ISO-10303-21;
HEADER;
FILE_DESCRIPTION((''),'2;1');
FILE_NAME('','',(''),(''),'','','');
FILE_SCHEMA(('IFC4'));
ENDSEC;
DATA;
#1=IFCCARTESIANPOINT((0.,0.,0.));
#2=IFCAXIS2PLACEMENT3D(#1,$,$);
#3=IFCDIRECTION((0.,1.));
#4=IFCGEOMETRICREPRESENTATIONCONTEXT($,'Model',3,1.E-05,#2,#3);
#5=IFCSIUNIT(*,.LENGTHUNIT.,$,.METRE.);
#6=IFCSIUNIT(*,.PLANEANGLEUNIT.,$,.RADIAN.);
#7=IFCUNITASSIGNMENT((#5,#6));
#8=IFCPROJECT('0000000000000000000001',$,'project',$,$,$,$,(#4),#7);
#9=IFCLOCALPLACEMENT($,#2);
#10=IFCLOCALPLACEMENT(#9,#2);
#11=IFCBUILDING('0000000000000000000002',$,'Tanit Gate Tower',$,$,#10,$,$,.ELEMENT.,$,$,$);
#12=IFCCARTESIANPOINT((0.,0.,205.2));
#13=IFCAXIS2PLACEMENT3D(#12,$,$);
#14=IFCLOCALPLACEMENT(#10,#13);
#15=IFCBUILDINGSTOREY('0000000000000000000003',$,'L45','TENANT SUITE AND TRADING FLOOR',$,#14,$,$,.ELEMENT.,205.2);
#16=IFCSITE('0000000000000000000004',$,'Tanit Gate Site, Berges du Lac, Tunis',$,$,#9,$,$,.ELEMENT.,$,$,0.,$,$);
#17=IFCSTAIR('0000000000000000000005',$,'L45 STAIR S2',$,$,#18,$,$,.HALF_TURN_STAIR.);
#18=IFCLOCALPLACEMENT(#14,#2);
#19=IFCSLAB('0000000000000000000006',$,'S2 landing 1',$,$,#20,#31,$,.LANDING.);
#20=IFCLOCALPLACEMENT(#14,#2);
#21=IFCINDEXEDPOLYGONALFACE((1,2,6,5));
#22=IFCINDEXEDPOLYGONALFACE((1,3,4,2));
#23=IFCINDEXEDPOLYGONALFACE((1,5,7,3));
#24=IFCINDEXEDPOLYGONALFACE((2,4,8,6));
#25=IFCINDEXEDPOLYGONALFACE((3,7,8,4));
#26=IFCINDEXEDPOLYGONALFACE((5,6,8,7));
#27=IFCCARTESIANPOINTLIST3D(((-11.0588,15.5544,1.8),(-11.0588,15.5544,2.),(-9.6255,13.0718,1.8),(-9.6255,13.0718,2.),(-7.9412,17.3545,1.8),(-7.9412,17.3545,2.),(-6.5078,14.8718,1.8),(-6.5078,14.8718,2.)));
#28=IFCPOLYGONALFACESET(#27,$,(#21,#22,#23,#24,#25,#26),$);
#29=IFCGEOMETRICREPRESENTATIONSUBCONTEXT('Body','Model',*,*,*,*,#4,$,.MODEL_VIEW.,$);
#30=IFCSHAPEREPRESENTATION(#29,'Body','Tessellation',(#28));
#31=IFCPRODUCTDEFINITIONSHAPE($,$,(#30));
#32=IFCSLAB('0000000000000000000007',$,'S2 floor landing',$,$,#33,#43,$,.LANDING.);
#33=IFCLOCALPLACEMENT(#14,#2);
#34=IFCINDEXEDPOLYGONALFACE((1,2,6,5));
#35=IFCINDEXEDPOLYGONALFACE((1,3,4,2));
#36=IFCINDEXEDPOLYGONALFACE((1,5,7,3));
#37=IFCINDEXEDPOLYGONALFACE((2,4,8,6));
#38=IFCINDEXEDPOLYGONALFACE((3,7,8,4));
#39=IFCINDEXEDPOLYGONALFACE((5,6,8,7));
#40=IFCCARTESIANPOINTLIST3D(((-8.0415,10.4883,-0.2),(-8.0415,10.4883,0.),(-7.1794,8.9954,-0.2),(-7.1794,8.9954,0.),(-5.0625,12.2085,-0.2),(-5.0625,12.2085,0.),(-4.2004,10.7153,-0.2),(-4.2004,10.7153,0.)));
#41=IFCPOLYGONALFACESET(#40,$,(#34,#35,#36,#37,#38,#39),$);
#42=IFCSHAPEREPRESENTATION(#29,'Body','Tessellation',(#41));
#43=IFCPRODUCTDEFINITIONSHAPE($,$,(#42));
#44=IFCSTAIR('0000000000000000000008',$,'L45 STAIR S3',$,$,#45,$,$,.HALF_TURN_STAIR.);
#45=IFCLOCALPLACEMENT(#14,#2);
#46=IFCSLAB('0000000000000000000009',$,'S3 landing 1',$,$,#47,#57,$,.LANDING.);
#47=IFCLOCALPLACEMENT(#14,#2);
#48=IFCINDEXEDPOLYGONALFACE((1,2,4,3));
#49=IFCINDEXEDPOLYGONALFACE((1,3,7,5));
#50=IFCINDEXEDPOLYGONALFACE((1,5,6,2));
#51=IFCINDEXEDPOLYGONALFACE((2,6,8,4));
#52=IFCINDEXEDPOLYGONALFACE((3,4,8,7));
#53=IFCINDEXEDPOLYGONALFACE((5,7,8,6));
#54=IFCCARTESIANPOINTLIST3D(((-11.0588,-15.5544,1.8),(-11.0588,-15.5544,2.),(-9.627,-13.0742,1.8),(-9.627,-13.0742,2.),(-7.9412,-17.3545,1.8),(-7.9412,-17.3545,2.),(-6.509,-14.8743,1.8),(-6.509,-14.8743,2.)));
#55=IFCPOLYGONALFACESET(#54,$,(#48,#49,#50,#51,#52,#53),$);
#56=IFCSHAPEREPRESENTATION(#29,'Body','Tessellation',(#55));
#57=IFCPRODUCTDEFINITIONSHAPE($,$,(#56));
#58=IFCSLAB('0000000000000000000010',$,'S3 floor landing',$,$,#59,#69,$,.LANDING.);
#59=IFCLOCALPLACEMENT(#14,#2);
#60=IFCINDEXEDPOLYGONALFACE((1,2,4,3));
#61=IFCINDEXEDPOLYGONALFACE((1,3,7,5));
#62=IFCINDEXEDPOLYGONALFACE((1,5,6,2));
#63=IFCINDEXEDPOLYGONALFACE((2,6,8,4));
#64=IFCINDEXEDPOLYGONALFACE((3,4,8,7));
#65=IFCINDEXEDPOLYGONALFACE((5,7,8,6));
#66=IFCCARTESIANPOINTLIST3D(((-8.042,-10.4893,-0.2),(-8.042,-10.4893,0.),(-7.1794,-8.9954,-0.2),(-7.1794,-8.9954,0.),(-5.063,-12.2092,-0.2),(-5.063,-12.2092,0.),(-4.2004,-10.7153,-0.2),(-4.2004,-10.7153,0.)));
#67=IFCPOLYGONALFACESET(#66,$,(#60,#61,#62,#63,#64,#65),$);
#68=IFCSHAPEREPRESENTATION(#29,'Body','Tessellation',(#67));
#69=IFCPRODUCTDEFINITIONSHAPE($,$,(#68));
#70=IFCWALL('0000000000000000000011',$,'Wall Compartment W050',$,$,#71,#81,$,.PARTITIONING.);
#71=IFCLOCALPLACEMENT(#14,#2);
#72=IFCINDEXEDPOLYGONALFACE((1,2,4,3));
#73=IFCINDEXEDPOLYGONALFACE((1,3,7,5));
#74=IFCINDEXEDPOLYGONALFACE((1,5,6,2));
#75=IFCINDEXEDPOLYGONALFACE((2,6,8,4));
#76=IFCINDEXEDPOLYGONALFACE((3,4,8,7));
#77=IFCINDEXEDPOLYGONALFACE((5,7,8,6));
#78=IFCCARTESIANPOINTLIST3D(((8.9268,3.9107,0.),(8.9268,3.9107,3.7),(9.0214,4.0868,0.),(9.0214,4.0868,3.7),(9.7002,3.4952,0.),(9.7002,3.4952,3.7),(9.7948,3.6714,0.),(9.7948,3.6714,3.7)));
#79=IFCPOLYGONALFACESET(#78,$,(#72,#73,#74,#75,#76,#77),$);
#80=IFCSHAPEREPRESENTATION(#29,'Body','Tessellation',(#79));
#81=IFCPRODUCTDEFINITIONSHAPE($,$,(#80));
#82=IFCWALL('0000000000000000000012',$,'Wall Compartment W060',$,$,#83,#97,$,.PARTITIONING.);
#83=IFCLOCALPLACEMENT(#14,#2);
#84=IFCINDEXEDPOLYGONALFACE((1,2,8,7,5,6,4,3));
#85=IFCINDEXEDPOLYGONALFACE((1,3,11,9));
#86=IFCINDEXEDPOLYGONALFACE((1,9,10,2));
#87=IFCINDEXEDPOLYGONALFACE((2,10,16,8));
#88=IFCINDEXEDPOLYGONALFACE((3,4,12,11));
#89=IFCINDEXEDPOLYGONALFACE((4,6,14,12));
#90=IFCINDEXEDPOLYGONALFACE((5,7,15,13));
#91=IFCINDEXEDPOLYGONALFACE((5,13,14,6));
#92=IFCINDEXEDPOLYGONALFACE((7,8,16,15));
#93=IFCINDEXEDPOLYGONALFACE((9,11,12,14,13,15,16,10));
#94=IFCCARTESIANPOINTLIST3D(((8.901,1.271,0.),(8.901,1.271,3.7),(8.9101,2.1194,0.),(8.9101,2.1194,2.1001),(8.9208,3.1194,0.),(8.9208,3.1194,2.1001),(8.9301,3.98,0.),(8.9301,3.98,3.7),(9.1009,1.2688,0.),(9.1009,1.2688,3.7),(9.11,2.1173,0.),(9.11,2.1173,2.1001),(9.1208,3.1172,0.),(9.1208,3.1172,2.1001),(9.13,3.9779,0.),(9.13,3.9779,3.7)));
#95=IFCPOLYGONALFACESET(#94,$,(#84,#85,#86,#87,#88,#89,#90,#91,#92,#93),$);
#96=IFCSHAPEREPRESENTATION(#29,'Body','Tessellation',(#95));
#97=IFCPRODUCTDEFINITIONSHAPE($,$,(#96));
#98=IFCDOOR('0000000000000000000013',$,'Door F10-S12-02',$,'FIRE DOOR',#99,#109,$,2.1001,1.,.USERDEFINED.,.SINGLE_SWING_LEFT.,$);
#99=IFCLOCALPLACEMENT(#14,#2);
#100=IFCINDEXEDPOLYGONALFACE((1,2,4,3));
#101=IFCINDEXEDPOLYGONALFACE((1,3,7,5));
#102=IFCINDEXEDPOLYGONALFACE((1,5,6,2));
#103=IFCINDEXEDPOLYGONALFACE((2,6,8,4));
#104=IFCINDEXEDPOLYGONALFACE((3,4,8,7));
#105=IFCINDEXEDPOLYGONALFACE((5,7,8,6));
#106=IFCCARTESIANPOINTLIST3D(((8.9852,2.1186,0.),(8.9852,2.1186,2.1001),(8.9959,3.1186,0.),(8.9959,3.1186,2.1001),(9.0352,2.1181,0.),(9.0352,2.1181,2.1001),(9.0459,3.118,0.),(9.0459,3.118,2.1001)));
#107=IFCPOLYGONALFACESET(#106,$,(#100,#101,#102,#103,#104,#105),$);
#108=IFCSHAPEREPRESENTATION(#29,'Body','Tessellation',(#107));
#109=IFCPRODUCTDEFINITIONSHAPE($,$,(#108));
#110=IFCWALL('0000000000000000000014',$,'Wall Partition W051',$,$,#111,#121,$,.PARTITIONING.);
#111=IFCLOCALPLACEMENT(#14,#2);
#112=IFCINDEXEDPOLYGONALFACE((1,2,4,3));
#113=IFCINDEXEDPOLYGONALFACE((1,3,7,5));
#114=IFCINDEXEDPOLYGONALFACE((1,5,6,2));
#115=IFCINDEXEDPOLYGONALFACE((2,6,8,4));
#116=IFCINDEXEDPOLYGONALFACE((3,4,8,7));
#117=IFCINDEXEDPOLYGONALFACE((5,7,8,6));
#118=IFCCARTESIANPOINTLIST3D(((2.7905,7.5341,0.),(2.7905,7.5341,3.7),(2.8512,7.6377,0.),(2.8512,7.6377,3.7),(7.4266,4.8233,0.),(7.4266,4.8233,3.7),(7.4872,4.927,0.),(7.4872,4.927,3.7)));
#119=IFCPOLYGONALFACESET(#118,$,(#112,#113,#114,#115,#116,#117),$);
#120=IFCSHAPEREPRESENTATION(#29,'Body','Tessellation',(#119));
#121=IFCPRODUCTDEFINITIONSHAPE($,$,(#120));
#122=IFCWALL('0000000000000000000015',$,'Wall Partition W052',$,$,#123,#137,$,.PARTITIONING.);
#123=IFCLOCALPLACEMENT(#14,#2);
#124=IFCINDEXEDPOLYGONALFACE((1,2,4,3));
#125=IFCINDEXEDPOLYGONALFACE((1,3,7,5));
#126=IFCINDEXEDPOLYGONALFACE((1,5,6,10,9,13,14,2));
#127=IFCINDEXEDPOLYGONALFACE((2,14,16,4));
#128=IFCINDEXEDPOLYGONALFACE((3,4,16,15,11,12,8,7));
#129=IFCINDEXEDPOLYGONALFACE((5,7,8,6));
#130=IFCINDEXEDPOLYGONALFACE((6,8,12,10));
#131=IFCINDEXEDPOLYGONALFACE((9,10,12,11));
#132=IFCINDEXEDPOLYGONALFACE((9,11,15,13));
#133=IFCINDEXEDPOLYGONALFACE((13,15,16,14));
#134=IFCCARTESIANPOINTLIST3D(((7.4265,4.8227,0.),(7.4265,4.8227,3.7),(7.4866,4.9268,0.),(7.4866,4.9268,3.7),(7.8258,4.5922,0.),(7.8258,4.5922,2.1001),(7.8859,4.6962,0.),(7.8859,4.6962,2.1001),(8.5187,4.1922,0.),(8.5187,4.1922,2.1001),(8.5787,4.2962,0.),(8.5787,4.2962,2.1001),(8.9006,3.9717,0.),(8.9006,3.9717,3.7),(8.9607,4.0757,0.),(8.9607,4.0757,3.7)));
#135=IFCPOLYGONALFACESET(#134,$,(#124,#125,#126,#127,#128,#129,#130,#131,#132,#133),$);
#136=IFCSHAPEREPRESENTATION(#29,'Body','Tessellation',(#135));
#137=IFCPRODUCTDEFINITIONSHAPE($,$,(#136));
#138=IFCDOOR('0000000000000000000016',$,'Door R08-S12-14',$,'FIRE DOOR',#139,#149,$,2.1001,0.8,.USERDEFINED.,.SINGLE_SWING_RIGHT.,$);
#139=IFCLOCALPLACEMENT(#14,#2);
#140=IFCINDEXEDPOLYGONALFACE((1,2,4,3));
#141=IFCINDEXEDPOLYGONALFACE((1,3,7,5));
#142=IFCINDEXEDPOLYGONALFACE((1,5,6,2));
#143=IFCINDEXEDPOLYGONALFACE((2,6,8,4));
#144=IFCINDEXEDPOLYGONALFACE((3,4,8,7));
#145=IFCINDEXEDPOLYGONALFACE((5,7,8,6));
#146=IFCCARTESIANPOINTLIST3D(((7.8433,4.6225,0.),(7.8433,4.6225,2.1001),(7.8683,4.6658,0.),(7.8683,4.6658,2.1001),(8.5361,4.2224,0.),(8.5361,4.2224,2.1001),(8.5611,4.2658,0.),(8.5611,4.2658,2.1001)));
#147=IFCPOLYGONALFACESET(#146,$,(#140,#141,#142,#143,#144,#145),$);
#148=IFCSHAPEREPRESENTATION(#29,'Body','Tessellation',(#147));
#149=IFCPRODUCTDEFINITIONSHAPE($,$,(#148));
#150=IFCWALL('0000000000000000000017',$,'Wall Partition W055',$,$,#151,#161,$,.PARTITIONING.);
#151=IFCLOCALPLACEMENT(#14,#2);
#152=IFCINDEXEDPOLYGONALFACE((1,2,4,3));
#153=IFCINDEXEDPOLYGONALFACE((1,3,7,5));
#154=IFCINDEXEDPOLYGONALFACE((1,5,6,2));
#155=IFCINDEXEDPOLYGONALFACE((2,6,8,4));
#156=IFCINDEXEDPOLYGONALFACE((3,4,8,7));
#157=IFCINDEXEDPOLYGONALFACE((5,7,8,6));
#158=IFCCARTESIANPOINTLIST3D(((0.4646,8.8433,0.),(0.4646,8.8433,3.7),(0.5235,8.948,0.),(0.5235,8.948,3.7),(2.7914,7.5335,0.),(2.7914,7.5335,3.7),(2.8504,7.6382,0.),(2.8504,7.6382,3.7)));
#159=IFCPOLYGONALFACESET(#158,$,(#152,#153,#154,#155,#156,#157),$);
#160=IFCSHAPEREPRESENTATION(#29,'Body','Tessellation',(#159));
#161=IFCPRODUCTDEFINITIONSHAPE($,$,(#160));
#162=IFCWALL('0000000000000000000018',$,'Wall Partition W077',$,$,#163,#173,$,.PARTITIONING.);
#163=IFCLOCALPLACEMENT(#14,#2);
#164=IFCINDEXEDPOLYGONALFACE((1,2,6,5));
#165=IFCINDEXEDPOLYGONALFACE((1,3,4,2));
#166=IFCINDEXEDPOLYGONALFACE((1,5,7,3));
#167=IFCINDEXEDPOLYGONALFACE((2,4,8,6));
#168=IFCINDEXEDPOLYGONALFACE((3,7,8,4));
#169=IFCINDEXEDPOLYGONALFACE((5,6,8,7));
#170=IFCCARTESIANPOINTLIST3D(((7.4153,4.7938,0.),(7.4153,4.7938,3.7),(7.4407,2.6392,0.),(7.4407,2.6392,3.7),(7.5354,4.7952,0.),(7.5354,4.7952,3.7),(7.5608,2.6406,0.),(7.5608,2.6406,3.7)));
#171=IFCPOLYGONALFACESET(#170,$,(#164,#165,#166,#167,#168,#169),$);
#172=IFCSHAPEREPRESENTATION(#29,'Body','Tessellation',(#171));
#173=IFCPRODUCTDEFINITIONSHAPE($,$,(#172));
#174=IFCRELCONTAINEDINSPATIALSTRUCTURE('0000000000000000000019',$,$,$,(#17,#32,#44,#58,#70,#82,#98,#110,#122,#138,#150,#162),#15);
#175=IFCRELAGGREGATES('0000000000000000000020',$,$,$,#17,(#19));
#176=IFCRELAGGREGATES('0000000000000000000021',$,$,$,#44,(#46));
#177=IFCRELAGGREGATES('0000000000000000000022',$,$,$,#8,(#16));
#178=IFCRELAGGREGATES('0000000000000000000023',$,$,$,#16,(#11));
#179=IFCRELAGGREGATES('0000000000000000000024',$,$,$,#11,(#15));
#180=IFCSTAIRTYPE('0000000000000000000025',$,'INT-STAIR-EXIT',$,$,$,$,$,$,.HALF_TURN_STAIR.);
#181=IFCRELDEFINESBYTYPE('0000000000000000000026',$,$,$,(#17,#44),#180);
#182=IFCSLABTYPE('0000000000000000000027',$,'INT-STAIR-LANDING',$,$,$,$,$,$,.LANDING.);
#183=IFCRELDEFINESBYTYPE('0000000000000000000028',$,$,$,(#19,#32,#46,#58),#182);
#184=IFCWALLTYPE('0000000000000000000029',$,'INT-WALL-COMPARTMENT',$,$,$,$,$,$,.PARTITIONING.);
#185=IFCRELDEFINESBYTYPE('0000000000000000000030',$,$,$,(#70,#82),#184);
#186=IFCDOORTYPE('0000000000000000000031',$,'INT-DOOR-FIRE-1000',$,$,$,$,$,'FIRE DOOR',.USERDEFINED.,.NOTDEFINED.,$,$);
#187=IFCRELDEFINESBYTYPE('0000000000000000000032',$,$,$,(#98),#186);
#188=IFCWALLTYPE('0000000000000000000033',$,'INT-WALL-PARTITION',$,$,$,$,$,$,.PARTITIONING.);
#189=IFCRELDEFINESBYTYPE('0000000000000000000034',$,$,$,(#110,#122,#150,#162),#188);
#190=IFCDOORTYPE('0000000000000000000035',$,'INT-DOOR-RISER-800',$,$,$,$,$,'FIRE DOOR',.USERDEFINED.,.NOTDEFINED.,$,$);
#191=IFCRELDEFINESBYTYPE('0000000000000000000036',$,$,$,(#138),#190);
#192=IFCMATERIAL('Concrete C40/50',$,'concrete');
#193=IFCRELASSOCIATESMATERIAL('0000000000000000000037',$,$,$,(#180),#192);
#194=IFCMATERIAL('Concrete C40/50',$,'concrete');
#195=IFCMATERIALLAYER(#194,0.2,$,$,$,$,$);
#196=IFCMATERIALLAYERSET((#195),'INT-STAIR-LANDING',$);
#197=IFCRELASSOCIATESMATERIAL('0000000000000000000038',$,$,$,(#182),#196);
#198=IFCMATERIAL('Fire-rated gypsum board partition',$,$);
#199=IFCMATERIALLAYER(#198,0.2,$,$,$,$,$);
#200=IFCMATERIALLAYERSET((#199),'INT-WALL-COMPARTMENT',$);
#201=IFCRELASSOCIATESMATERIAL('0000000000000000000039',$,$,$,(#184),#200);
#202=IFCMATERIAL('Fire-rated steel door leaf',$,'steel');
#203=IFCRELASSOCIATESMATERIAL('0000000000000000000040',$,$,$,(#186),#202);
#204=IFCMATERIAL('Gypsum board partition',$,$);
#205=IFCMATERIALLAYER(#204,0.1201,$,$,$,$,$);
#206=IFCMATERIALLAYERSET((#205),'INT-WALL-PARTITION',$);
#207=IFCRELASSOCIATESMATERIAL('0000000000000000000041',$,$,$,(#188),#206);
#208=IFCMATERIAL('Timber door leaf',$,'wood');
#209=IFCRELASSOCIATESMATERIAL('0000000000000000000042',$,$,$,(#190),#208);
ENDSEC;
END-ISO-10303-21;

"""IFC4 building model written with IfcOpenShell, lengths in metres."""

from ifc_helpers import new_model, si_unit, direction, frame, frame_2d, origin, place, context, subcontext, project, spatial, polyline, rectangle, outline, extrude, material, layer, layer_set, type_object, element, fill, aggregate, save


model = new_model("IFC4")

# Units and contexts
model_context = context("Model", 3, precision=1e-05, world=origin(), true_north=direction((0.0, 1.0)))
body_context = subcontext(model_context, "Body", "Model", "MODEL_VIEW")
ifc_project = project(units=[si_unit("LENGTHUNIT", "METRE"), si_unit("PLANEANGLEUNIT", "RADIAN")], contexts=[model_context])

# Site, building, storey
site_placement = place(None, origin())
site = spatial("IfcSite", under=ifc_project, at=site_placement, Name="Tanit Gate Site, Berges du Lac, Tunis", CompositionType="ELEMENT", RefElevation=0.0)
building_placement = place(site_placement, origin())
building = spatial("IfcBuilding", under=site, at=building_placement, Name="Tanit Gate Tower", CompositionType="ELEMENT")
storey_placement = place(building_placement, frame((0.0, 0.0, 205.2)))
storey = spatial("IfcBuildingStorey", under=building, at=storey_placement, Name="L45", Description="TENANT SUITE AND TRADING FLOOR", CompositionType="ELEMENT", Elevation=205.2)

# Stair, slab
ifc_material_1 = material(Name="Concrete C40/50", Category="concrete")
stair_type = type_object("IfcStairType", Name="INT-STAIR-EXIT", PredefinedType="HALF_TURN_STAIR", material=ifc_material_1)
stair_1_placement = place(storey_placement, origin())
stair_1 = element("IfcStair", 1, at=stair_1_placement, inside=storey, type_object=stair_type, Name="L45 STAIR S2", PredefinedType="HALF_TURN_STAIR")
ifc_material_2 = material(Name="Concrete C40/50", Category="concrete")
ifc_layer_1 = layer(ifc_material_2, 0.2)
ifc_layer_set_1 = layer_set([ifc_layer_1], Name="INT-STAIR-LANDING")
slab_type = type_object("IfcSlabType", Name="INT-STAIR-LANDING", PredefinedType="LANDING", material=ifc_layer_set_1)
slab_1_placement = place(storey_placement, frame((0.0, 0.0, 1.8)))
slab_1 = element("IfcSlab", 2, at=slab_1_placement, type_object=slab_type, Name="S2 landing 1", PredefinedType="LANDING", context=body_context, shape_type="SweptSolid", body=[
    extrude(outline(polyline([(-6.5078, 14.8718), (-7.9412, 17.3545), (-11.0588, 15.5544), (-9.6255, 13.0718), (-6.5078, 14.8718)])), origin(), (0.0, 0.0, 1.0), 0.2),
])
aggregate(stair_1, [slab_1])

# Slab
slab_2_placement = place(storey_placement, frame((0.0, 0.0, -0.2)))
element("IfcSlab", 3, at=slab_2_placement, inside=storey, type_object=slab_type, Name="S2 floor landing", PredefinedType="LANDING", context=body_context, shape_type="SweptSolid", body=[
    extrude(outline(polyline([(-4.2004, 10.7153), (-5.0625, 12.2085), (-8.0415, 10.4883), (-7.1794, 8.9954), (-4.2004, 10.7153)])), origin(), (0.0, 0.0, 1.0), 0.2),
])

# Stair, slab
stair_2_placement = place(storey_placement, origin())
stair_2 = element("IfcStair", 4, at=stair_2_placement, inside=storey, type_object=stair_type, Name="L45 STAIR S3", PredefinedType="HALF_TURN_STAIR")
slab_3_placement = place(storey_placement, frame((0.0, 0.0, 1.8)))
slab_3 = element("IfcSlab", 5, at=slab_3_placement, type_object=slab_type, Name="S3 landing 1", PredefinedType="LANDING", context=body_context, shape_type="SweptSolid", body=[
    extrude(outline(polyline([(-9.627, -13.0742), (-11.0588, -15.5544), (-7.9412, -17.3545), (-6.509, -14.8743), (-9.627, -13.0742)])), origin(), (0.0, 0.0, 1.0), 0.2),
])
aggregate(stair_2, [slab_3])

# Slab
slab_4_placement = place(storey_placement, frame((0.0, 0.0, -0.2)))
element("IfcSlab", 6, at=slab_4_placement, inside=storey, type_object=slab_type, Name="S3 floor landing", PredefinedType="LANDING", context=body_context, shape_type="SweptSolid", body=[
    extrude(outline(polyline([(-7.1794, -8.9954), (-8.042, -10.4893), (-5.063, -12.2092), (-4.2004, -10.7153), (-7.1794, -8.9954)])), origin(), (0.0, 0.0, 1.0), 0.2),
])

# Wall
ifc_material_3 = material(Name="Fire-rated gypsum board partition")
ifc_layer_2 = layer(ifc_material_3, 0.2)
ifc_layer_set_2 = layer_set([ifc_layer_2], Name="INT-WALL-COMPARTMENT")
wall_type_1 = type_object("IfcWallType", Name="INT-WALL-COMPARTMENT", PredefinedType="PARTITIONING", material=ifc_layer_set_2)
wall_1_placement = place(storey_placement, frame((8.9741, 3.9988, 0.0), z_axis=(0.0, 0.0, 1.0), x_axis=(0.880917, -0.473271, 0.0)))
element("IfcWall", 7, at=wall_1_placement, inside=storey, type_object=wall_type_1, Name="Wall Compartment W050", PredefinedType="PARTITIONING", context=body_context, shape_type="SweptSolid", body=[
    extrude(rectangle(XDim=0.8779, YDim=0.2, at=frame_2d((0.439, 0.0))), origin(), (0.0, 0.0, 1.0), 3.7),
])

# Wall, opening, door
wall_2_placement = place(storey_placement, frame((9.001, 1.27, 0.0), z_axis=(0.0, 0.0, 1.0), x_axis=(0.010724, 0.999942, 0.0)))
wall_2 = element("IfcWall", 8, at=wall_2_placement, inside=storey, type_object=wall_type_1, Name="Wall Compartment W060", PredefinedType="PARTITIONING", context=body_context, shape_type="SweptSolid", body=[
    extrude(rectangle(XDim=2.7092, YDim=0.2, at=frame_2d((1.3545, 0.0))), origin(), (0.0, 0.0, 1.0), 3.7),
])
opening_1_placement = place(wall_2_placement, frame((0.8484, 0.0, 0.0)))
opening_1 = element("IfcOpeningElement", 9, at=opening_1_placement, cuts=wall_2, PredefinedType="OPENING", context=body_context, shape_type="SweptSolid", body=[
    extrude(rectangle(XDim=1.0, YDim=2.1001, at=frame_2d((0.5, 1.05))), frame((0.0, 0.1099, 0.0), z_axis=(0.0, -1.0, 0.0), x_axis=(1.0, 0.0, 0.0)), (0.0, 0.0, 1.0), 0.22),
])
ifc_material_4 = material(Name="Fire-rated steel door leaf", Category="steel")
door_type_1 = type_object("IfcDoorType", Name="INT-DOOR-FIRE-1000", ElementType="FIRE DOOR", OperationType="NOTDEFINED", PredefinedType="USERDEFINED", material=ifc_material_4)
door_1_placement = place(opening_1_placement, origin())
door_1 = element("IfcDoor", 10, at=door_1_placement, inside=storey, type_object=door_type_1, Name="Door F10-S12-02", ObjectType="FIRE DOOR", OperationType="SINGLE_SWING_LEFT", OverallHeight=2.1001, OverallWidth=1.0, PredefinedType="USERDEFINED", context=body_context, shape_type="SweptSolid", body=[
    extrude(rectangle(XDim=1.0, YDim=2.1001, at=frame_2d((0.5, 1.05))), frame((0.0, 0.0249, 0.0), z_axis=(0.0, -1.0, 0.0), x_axis=(1.0, 0.0, 0.0)), (0.0, 0.0, 1.0), 0.05),
])
fill(opening_1, door_1)

# Wall
ifc_material_5 = material(Name="Gypsum board partition")
ifc_layer_3 = layer(ifc_material_5, 0.1201)
ifc_layer_set_3 = layer_set([ifc_layer_3], Name="INT-WALL-PARTITION")
wall_type_2 = type_object("IfcWallType", Name="INT-WALL-PARTITION", PredefinedType="PARTITIONING", material=ifc_layer_set_3)
wall_3_placement = place(storey_placement, frame((7.4568, 4.8752, 0.0), z_axis=(0.0, 0.0, 1.0), x_axis=(-0.863262, 0.504755, 0.0)))
element("IfcWall", 11, at=wall_3_placement, inside=storey, type_object=wall_type_2, Name="Wall Partition W051", PredefinedType="PARTITIONING", context=body_context, shape_type="SweptSolid", body=[
    extrude(rectangle(XDim=5.3704, YDim=0.1201, at=frame_2d((2.6851, 0.0))), origin(), (0.0, 0.0, 1.0), 3.7),
])

# Wall, opening, door
wall_4_placement = place(storey_placement, frame((7.4565, 4.8748, 0.0), z_axis=(0.0, 0.0, 1.0), x_axis=(0.866028, -0.499996, 0.0)))
wall_4 = element("IfcWall", 12, at=wall_4_placement, inside=storey, type_object=wall_type_2, Name="Wall Partition W052", PredefinedType="PARTITIONING", context=body_context, shape_type="SweptSolid", body=[
    extrude(rectangle(XDim=1.7021, YDim=0.1201, at=frame_2d((0.8511, 0.0))), origin(), (0.0, 0.0, 1.0), 3.7),
])
opening_2_placement = place(wall_4_placement, frame((0.4612, 0.0, 0.0)))
opening_2 = element("IfcOpeningElement", 13, at=opening_2_placement, cuts=wall_4, PredefinedType="OPENING", context=body_context, shape_type="SweptSolid", body=[
    extrude(rectangle(XDim=0.8, YDim=2.1001, at=frame_2d((0.3999, 1.05))), frame((0.0, 0.0701, 0.0), z_axis=(0.0, -1.0, 0.0), x_axis=(1.0, 0.0, 0.0)), (0.0, 0.0, 1.0), 0.1401),
])
ifc_material_6 = material(Name="Timber door leaf", Category="wood")
door_type_2 = type_object("IfcDoorType", Name="INT-DOOR-RISER-800", ElementType="FIRE DOOR", OperationType="NOTDEFINED", PredefinedType="USERDEFINED", material=ifc_material_6)
door_2_placement = place(opening_2_placement, origin())
door_2 = element("IfcDoor", 14, at=door_2_placement, inside=storey, type_object=door_type_2, Name="Door R08-S12-14", ObjectType="FIRE DOOR", OperationType="SINGLE_SWING_RIGHT", OverallHeight=2.1001, OverallWidth=0.8, PredefinedType="USERDEFINED", context=body_context, shape_type="SweptSolid", body=[
    extrude(rectangle(XDim=0.8, YDim=2.1001, at=frame_2d((0.3999, 1.05))), frame((0.0, 0.0249, 0.0), z_axis=(0.0, -1.0, 0.0), x_axis=(1.0, 0.0, 0.0)), (0.0, 0.0, 1.0), 0.05),
])
fill(opening_2, door_2)

# Walls
wall_5_placement = place(storey_placement, frame((2.8208, 7.5859, 0.0), z_axis=(0.0, 0.0, 1.0), x_axis=(-0.871427, 0.490526, 0.0)))
element("IfcWall", 15, at=wall_5_placement, inside=storey, type_object=wall_type_2, Name="Wall Partition W055", PredefinedType="PARTITIONING", context=body_context, shape_type="SweptSolid", body=[
    extrude(rectangle(XDim=2.6702, YDim=0.1201, at=frame_2d((1.335, 0.0))), origin(), (0.0, 0.0, 1.0), 3.7),
])
wall_6_placement = place(storey_placement, frame((7.5007, 2.6399, 0.0), z_axis=(0.0, 0.0, 1.0), x_axis=(-0.011784, 0.999931, 0.0)))
element("IfcWall", 16, at=wall_6_placement, inside=storey, type_object=wall_type_2, Name="Wall Partition W077", PredefinedType="PARTITIONING", context=body_context, shape_type="SweptSolid", body=[
    extrude(rectangle(XDim=2.1548, YDim=0.1201, at=frame_2d((1.0774, 0.0))), origin(), (0.0, 0.0, 1.0), 3.7),
])

save(model, "model.ifc")
